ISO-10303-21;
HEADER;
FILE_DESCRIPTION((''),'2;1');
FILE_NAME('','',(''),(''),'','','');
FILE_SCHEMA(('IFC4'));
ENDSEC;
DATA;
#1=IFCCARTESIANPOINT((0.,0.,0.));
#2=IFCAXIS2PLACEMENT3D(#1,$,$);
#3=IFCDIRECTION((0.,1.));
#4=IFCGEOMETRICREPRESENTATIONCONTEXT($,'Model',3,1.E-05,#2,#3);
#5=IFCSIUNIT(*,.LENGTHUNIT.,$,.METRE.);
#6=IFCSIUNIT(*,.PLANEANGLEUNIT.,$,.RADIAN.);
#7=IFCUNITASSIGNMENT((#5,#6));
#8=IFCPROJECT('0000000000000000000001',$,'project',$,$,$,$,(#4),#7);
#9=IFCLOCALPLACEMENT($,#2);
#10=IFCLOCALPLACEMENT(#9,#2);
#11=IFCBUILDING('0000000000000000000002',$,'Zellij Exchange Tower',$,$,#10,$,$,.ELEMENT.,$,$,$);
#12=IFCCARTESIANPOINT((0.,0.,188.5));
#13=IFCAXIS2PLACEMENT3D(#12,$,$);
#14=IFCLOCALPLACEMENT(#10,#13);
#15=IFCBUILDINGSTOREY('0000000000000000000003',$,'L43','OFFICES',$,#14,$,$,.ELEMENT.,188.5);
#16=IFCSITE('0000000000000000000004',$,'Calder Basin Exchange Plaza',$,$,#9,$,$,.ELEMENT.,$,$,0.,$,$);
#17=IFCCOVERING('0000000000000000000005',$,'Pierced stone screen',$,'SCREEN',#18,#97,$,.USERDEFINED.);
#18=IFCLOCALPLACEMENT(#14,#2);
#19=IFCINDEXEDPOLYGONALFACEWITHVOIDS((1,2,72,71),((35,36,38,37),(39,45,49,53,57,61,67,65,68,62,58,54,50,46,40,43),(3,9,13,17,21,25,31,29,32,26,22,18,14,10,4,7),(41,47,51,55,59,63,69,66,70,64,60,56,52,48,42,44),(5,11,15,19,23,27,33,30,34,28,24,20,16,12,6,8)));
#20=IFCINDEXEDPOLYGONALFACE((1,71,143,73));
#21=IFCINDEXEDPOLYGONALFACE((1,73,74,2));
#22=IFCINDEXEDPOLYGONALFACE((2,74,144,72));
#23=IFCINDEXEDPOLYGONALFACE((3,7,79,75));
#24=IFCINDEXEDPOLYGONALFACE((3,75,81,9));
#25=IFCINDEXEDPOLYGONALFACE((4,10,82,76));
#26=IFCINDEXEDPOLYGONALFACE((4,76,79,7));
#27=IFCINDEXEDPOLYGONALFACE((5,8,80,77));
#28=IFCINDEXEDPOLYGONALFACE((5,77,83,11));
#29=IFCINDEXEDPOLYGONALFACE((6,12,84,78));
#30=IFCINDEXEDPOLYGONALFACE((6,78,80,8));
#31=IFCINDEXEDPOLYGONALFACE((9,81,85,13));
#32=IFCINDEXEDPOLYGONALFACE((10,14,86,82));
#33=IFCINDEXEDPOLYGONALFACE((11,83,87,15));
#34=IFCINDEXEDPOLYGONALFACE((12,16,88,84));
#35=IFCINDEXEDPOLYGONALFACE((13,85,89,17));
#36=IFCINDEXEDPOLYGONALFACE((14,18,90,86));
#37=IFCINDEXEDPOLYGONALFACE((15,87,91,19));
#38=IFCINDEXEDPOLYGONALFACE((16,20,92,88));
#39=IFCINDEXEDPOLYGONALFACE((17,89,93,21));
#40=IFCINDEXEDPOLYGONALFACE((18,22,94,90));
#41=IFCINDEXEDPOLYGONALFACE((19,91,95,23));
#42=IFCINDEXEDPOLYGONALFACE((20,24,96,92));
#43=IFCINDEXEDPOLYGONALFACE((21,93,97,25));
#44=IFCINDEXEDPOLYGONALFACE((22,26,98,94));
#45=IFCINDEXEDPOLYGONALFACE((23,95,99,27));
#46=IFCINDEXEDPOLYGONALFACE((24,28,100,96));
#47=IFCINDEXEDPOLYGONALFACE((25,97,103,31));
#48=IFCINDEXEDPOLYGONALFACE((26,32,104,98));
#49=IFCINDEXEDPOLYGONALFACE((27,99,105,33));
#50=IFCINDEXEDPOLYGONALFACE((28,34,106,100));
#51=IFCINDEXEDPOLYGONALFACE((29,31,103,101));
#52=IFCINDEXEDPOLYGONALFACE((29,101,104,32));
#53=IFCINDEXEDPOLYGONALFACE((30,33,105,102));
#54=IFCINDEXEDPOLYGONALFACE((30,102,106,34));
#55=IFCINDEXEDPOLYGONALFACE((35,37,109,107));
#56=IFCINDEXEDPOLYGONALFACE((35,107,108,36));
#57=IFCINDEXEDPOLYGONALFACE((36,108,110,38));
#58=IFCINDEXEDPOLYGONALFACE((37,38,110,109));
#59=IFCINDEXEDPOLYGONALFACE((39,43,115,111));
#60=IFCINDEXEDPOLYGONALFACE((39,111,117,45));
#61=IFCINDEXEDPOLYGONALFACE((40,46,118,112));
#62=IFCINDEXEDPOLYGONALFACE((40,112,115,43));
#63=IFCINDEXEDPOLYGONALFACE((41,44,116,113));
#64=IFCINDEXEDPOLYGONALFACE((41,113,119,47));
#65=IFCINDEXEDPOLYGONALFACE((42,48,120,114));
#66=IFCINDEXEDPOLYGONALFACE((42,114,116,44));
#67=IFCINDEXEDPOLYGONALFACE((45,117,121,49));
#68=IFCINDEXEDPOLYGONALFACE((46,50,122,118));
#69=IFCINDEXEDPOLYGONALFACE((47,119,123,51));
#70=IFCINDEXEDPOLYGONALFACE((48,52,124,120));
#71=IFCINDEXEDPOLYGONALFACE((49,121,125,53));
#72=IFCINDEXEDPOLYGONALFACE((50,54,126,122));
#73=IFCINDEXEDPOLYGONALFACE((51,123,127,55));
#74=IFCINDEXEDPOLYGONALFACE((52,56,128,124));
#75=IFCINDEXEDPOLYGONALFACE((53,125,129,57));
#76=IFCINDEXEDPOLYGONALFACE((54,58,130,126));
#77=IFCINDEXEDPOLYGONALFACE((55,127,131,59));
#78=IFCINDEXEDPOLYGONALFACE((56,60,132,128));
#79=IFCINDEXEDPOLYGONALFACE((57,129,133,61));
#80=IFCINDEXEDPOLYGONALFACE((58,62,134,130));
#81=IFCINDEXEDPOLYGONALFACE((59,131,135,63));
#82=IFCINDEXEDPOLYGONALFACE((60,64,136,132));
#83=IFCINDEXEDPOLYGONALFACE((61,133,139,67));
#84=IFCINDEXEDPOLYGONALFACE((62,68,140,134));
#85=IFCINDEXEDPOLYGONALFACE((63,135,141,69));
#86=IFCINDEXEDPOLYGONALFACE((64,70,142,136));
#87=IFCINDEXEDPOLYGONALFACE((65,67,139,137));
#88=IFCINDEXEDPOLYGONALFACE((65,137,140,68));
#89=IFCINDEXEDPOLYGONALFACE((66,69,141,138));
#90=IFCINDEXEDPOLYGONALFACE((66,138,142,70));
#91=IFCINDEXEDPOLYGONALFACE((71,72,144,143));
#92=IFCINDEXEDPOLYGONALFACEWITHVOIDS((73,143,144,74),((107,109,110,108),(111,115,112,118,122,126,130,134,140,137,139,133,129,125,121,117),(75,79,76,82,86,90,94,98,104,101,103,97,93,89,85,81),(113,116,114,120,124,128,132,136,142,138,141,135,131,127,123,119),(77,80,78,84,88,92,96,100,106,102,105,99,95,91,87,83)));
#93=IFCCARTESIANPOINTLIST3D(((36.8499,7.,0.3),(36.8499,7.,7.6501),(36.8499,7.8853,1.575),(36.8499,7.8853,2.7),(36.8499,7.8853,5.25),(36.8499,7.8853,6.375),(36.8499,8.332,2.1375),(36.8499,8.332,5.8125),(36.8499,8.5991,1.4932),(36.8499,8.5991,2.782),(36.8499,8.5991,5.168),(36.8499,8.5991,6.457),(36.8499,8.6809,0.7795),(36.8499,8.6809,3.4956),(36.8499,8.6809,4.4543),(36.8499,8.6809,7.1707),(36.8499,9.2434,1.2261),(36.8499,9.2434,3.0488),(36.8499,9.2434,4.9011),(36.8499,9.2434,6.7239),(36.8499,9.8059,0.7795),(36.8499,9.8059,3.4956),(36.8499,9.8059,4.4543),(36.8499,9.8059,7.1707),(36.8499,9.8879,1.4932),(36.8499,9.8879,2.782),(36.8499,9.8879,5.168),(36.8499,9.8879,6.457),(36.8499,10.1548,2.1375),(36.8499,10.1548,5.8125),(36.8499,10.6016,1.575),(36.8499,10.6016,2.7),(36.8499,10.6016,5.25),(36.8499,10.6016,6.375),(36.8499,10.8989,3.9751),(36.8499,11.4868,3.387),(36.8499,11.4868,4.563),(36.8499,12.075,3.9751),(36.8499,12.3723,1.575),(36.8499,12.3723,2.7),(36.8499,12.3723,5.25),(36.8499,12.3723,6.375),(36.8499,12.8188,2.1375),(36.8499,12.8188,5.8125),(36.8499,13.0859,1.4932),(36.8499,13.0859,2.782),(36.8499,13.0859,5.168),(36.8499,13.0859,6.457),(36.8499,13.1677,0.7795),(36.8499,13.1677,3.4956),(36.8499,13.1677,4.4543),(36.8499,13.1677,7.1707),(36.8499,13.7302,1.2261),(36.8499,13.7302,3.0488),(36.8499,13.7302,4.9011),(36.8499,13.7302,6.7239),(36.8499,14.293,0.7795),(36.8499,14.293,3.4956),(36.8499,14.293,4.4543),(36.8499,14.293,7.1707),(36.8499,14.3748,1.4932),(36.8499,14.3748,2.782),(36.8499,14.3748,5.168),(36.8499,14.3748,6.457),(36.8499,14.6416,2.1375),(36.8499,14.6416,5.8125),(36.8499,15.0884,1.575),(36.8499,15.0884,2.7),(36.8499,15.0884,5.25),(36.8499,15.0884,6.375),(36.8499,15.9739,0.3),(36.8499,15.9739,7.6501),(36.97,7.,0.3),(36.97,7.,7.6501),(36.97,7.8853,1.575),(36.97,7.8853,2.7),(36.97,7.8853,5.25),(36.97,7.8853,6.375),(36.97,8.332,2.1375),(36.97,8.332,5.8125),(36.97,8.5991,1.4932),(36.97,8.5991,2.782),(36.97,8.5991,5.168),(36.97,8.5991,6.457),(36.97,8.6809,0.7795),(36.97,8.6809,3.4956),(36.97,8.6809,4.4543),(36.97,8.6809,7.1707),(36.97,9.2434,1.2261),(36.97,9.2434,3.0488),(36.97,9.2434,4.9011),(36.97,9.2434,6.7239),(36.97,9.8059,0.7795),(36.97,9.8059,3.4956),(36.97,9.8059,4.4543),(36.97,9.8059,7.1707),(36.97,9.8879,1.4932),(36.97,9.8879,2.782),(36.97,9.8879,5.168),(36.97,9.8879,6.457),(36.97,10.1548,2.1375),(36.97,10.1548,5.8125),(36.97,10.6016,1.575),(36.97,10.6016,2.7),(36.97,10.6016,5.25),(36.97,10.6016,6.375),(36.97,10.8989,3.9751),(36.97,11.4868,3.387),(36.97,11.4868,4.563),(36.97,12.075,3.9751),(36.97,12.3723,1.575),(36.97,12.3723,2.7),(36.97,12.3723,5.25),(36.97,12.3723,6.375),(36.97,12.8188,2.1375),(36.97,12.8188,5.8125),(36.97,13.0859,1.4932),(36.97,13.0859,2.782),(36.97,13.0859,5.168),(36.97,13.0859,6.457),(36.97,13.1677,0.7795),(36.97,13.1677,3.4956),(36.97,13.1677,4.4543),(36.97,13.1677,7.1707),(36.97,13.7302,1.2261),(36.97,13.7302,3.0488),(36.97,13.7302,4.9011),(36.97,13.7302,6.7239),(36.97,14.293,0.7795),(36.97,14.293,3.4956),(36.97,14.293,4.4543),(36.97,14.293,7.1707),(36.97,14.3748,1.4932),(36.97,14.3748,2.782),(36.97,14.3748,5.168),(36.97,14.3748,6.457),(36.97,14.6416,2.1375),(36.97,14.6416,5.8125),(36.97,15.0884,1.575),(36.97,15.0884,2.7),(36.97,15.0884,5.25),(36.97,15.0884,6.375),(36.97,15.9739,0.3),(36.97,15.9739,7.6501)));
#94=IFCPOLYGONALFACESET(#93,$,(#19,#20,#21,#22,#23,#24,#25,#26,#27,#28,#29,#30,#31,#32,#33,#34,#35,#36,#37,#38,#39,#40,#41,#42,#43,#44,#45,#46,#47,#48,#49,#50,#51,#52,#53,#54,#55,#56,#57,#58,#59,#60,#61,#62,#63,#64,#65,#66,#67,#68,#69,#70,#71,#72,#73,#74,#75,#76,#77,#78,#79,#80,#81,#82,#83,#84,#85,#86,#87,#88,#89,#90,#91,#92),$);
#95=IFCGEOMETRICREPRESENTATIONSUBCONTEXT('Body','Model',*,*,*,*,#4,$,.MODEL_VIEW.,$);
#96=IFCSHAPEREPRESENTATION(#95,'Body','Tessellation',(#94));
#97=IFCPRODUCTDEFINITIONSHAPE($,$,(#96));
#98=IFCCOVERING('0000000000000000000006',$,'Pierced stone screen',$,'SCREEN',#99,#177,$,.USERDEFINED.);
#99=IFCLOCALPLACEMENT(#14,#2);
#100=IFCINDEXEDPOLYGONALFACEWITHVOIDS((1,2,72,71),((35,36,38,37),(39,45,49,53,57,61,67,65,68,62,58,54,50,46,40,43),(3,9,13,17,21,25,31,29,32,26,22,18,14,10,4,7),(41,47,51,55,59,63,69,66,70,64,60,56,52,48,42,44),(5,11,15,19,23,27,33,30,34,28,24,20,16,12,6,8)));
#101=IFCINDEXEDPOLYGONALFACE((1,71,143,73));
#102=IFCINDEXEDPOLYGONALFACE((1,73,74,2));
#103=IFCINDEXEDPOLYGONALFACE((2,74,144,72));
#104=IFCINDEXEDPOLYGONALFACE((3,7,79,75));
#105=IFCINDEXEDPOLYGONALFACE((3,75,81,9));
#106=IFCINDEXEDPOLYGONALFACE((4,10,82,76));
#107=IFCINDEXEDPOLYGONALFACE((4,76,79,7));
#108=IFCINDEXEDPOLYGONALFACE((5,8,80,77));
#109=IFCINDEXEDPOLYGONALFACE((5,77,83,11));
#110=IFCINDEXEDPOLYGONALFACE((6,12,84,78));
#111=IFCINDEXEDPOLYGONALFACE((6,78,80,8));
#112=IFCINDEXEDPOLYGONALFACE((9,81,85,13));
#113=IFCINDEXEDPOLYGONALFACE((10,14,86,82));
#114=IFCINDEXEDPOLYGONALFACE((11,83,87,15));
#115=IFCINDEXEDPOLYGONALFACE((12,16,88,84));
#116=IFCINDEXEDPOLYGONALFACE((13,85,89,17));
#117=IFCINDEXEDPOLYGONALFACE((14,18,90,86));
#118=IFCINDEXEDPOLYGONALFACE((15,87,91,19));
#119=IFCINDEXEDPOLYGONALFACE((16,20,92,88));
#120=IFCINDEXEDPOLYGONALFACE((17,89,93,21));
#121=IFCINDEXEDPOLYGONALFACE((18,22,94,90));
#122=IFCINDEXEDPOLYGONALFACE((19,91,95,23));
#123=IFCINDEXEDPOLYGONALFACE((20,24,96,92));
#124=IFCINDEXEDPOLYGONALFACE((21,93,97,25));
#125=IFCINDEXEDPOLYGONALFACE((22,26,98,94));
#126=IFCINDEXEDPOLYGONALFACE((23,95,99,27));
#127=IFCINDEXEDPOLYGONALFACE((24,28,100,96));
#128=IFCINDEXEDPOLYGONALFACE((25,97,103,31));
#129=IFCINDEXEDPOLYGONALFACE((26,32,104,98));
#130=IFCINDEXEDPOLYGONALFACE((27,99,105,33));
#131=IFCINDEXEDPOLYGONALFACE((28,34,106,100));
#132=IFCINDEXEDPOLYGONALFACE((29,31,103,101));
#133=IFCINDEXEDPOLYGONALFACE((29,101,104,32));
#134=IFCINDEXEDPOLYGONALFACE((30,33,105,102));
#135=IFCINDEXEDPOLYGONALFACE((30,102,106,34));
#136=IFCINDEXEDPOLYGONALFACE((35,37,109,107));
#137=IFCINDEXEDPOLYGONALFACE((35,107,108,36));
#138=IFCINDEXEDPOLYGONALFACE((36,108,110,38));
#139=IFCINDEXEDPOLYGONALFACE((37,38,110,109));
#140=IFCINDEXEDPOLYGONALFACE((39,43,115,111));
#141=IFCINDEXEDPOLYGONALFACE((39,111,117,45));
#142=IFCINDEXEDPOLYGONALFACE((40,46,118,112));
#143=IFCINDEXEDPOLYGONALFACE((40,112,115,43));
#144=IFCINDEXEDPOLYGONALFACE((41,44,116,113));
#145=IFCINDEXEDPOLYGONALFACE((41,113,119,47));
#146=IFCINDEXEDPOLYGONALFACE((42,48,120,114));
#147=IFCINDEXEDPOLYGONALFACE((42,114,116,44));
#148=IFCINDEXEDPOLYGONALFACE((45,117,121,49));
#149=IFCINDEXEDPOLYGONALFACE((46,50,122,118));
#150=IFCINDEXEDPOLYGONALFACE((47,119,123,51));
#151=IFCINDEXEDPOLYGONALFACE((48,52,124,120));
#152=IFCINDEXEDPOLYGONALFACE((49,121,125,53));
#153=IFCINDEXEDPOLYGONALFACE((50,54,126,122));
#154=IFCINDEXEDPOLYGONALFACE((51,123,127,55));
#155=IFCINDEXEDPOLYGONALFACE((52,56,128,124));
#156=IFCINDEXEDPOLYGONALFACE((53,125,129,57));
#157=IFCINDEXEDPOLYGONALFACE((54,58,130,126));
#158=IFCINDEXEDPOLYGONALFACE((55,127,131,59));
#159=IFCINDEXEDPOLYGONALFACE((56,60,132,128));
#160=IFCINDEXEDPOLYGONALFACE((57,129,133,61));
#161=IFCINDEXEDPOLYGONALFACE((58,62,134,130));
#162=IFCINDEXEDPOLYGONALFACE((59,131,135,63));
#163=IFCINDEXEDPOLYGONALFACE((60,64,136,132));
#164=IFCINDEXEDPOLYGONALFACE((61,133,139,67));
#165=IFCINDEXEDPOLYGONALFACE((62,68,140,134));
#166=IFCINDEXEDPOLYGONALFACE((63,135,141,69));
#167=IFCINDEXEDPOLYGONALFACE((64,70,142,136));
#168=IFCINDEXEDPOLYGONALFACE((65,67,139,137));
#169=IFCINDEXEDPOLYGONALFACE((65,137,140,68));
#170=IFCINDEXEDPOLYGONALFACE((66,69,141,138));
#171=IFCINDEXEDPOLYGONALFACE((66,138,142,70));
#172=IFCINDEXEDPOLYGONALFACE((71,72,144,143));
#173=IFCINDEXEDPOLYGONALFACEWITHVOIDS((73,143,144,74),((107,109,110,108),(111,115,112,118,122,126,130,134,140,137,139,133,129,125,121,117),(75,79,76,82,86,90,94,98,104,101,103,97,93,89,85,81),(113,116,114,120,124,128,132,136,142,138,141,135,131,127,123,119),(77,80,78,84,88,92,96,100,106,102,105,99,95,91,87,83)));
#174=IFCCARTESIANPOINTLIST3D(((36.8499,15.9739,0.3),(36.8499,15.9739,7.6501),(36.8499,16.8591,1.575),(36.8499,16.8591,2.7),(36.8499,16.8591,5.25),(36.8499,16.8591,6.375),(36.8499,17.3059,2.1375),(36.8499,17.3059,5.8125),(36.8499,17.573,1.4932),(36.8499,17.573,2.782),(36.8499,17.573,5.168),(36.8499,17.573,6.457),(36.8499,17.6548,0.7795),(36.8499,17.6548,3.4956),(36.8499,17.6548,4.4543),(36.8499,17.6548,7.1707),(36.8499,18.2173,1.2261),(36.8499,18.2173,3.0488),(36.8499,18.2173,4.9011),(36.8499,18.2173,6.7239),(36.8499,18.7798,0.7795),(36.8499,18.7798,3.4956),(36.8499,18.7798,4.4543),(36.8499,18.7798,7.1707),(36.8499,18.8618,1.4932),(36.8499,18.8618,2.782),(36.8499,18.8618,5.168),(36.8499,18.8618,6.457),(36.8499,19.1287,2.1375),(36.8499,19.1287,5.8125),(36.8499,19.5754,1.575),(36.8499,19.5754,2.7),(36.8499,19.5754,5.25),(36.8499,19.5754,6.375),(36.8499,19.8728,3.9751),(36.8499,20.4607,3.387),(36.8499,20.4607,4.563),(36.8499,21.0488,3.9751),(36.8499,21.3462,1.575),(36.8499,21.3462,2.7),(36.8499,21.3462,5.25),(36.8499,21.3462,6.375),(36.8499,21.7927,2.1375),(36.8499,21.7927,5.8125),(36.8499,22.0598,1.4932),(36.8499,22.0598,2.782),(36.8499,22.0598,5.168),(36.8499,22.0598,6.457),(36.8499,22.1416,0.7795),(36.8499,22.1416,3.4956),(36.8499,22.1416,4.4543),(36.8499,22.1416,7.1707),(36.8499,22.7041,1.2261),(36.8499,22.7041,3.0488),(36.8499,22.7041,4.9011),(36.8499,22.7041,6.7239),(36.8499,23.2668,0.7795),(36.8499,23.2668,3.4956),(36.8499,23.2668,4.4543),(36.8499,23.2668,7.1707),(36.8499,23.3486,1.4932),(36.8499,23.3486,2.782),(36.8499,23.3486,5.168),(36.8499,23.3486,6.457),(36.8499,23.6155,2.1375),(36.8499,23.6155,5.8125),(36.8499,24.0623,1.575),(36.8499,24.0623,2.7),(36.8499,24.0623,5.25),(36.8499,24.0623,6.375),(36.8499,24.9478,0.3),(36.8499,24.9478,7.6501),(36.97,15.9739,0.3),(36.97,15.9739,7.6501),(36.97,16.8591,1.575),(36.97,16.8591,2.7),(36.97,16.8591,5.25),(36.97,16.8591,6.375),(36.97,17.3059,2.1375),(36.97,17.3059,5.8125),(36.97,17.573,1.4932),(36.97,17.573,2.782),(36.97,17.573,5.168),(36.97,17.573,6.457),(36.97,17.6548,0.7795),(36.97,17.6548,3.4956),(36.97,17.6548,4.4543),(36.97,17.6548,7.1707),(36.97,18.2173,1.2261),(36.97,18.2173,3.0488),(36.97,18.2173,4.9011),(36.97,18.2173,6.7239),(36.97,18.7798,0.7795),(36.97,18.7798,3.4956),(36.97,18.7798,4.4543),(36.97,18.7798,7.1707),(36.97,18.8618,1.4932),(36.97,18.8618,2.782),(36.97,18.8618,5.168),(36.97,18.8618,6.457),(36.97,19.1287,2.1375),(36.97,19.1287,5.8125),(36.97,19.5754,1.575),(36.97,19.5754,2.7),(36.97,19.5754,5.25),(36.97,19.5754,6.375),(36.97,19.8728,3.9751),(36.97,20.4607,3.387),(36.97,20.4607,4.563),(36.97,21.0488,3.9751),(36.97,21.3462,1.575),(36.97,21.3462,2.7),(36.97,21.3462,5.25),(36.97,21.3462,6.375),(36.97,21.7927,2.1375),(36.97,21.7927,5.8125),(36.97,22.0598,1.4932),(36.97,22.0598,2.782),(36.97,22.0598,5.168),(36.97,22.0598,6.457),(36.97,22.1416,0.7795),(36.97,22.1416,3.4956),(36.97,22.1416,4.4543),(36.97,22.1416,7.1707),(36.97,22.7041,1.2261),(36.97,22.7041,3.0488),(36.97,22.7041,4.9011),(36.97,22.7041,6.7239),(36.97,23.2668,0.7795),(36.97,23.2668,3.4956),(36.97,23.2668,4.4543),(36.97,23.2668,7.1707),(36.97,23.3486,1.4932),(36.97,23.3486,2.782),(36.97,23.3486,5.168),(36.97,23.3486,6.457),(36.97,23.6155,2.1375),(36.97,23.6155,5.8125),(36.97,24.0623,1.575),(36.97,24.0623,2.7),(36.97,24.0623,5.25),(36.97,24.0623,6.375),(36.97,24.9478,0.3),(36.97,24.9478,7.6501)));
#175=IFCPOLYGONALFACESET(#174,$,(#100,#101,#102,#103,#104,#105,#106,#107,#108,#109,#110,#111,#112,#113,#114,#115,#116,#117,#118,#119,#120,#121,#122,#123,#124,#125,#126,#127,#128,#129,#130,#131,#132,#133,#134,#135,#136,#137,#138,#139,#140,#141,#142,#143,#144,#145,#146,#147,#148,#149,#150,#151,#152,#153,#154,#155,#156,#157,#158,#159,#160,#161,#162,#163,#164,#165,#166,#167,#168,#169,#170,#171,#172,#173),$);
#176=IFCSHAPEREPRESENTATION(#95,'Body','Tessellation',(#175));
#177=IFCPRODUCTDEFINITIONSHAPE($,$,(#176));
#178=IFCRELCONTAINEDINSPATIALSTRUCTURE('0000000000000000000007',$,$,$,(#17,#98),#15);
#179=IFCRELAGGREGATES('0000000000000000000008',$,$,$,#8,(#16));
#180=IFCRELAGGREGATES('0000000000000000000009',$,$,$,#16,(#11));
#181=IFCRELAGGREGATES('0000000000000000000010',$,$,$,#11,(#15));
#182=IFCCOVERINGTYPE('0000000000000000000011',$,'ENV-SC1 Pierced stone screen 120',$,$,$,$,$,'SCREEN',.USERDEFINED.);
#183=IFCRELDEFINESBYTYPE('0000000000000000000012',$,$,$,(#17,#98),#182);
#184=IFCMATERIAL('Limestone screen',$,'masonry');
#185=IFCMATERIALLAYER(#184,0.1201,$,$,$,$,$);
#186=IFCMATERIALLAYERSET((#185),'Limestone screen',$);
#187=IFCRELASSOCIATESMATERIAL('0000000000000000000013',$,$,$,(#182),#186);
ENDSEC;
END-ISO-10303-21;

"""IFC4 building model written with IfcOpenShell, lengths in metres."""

from ifc_helpers import new_model, si_unit, direction, frame, origin, place, context, subcontext, project, spatial, polyline, outline, extrude, material, layer, layer_set, type_object, element, save


model = new_model("IFC4")

# Units and contexts
model_context = context("Model", 3, precision=1e-05, world=origin(), true_north=direction((0.0, 1.0)))
body_context = subcontext(model_context, "Body", "Model", "MODEL_VIEW")
ifc_project = project(units=[si_unit("LENGTHUNIT", "METRE"), si_unit("PLANEANGLEUNIT", "RADIAN")], contexts=[model_context])

# Site, building, storey
site_placement = place(None, origin())
site = spatial("IfcSite", under=ifc_project, at=site_placement, Name="Calder Basin Exchange Plaza", CompositionType="ELEMENT", RefElevation=0.0)
building_placement = place(site_placement, origin())
building = spatial("IfcBuilding", under=site, at=building_placement, Name="Zellij Exchange Tower", CompositionType="ELEMENT")
storey_placement = place(building_placement, frame((0.0, 0.0, 188.5)))
storey = spatial("IfcBuildingStorey", under=building, at=storey_placement, Name="L43", Description="OFFICES", CompositionType="ELEMENT", Elevation=188.5)

# Coverings
ifc_material_1 = material(Name="Limestone screen", Category="masonry")
ifc_layer_1 = layer(ifc_material_1, 0.1201)
ifc_layer_set_1 = layer_set([ifc_layer_1], Name="Limestone screen")
covering_type = type_object("IfcCoveringType", Name="ENV-SC1 Pierced stone screen 120", ElementType="SCREEN", PredefinedType="USERDEFINED", material=ifc_layer_set_1)
covering_1_placement = place(storey_placement, frame((36.9099, 7.0, 0.3), z_axis=(0.0, 0.0, 1.0), x_axis=(0.0, 1.0, 0.0)))
element("IfcCovering", 1, at=covering_1_placement, inside=storey, type_object=covering_type, Name="Pierced stone screen", ObjectType="SCREEN", PredefinedType="USERDEFINED", context=body_context, shape_type="SweptSolid", body=[
    extrude(outline(polyline([(0.0, 0.0), (8.9739, 0.0), (8.9739, 7.3501), (0.0, 7.3501), (0.0, 0.0)]), holes=[polyline([(3.6016, 2.3999), (2.8879, 2.4819), (2.8059, 3.1956), (2.2434, 2.7488), (1.6809, 3.1956), (1.5991, 2.4819), (0.8853, 2.3999), (1.332, 1.8374), (0.8853, 1.2749), (1.5991, 1.1931), (1.6809, 0.4795), (2.2434, 0.926), (2.8059, 0.4795), (2.8879, 1.1931), (3.6016, 1.2749), (3.1548, 1.8374), (3.6016, 2.3999)]), polyline([(3.6016, 6.075), (2.8879, 6.157), (2.8059, 6.8706), (2.2434, 6.4238), (1.6809, 6.8706), (1.5991, 6.157), (0.8853, 6.075), (1.332, 5.5125), (0.8853, 4.95), (1.5991, 4.8679), (1.6809, 4.1543), (2.2434, 4.6011), (2.8059, 4.1543), (2.8879, 4.8679), (3.6016, 4.95), (3.1548, 5.5125), (3.6016, 6.075)]), polyline([(8.0884, 2.3999), (7.3748, 2.4819), (7.293, 3.1956), (6.7302, 2.7488), (6.1677, 3.1956), (6.0859, 2.4819), (5.3723, 2.3999), (5.8188, 1.8374), (5.3723, 1.2749), (6.0859, 1.1931), (6.1677, 0.4795), (6.7302, 0.926), (7.293, 0.4795), (7.3748, 1.1931), (8.0884, 1.2749), (7.6416, 1.8374), (8.0884, 2.3999)]), polyline([(8.0884, 6.075), (7.3748, 6.157), (7.293, 6.8706), (6.7302, 6.4238), (6.1677, 6.8706), (6.0859, 6.157), (5.3723, 6.075), (5.8188, 5.5125), (5.3723, 4.95), (6.0859, 4.8679), (6.1677, 4.1543), (6.7302, 4.6011), (7.293, 4.1543), (7.3748, 4.8679), (8.0884, 4.95), (7.6416, 5.5125), (8.0884, 6.075)]), polyline([(5.075, 3.675), (4.4868, 4.2629), (3.8989, 3.675), (4.4868, 3.0869), (5.075, 3.675)])]), frame((0.0, 0.0601, 0.0), z_axis=(0.0, -1.0, 0.0), x_axis=(1.0, 0.0, 0.0)), (0.0, 0.0, 1.0), 0.1201),
])
covering_2_placement = place(storey_placement, frame((36.9099, 15.9739, 0.3), z_axis=(0.0, 0.0, 1.0), x_axis=(0.0, 1.0, 0.0)))
element("IfcCovering", 2, at=covering_2_placement, inside=storey, type_object=covering_type, Name="Pierced stone screen", ObjectType="SCREEN", PredefinedType="USERDEFINED", context=body_context, shape_type="SweptSolid", body=[
    extrude(outline(polyline([(0.0, 0.0), (8.9739, 0.0), (8.9739, 7.3501), (0.0, 7.3501), (0.0, 0.0)]), holes=[polyline([(3.6016, 2.3999), (2.8879, 2.4819), (2.8059, 3.1956), (2.2434, 2.7488), (1.6809, 3.1956), (1.5991, 2.4819), (0.8853, 2.3999), (1.332, 1.8374), (0.8853, 1.2749), (1.5991, 1.1931), (1.6809, 0.4795), (2.2434, 0.926), (2.8059, 0.4795), (2.8879, 1.1931), (3.6016, 1.2749), (3.1548, 1.8374), (3.6016, 2.3999)]), polyline([(3.6016, 6.075), (2.8879, 6.157), (2.8059, 6.8706), (2.2434, 6.4238), (1.6809, 6.8706), (1.5991, 6.157), (0.8853, 6.075), (1.332, 5.5125), (0.8853, 4.95), (1.5991, 4.8679), (1.6809, 4.1543), (2.2434, 4.6011), (2.8059, 4.1543), (2.8879, 4.8679), (3.6016, 4.95), (3.1548, 5.5125), (3.6016, 6.075)]), polyline([(8.0884, 2.3999), (7.3748, 2.4819), (7.293, 3.1956), (6.7302, 2.7488), (6.1677, 3.1956), (6.0859, 2.4819), (5.3723, 2.3999), (5.8188, 1.8374), (5.3723, 1.2749), (6.0859, 1.1931), (6.1677, 0.4795), (6.7302, 0.926), (7.293, 0.4795), (7.3748, 1.1931), (8.0884, 1.2749), (7.6416, 1.8374), (8.0884, 2.3999)]), polyline([(8.0884, 6.075), (7.3748, 6.157), (7.293, 6.8706), (6.7302, 6.4238), (6.1677, 6.8706), (6.0859, 6.157), (5.3723, 6.075), (5.8188, 5.5125), (5.3723, 4.95), (6.0859, 4.8679), (6.1677, 4.1543), (6.7302, 4.6011), (7.293, 4.1543), (7.3748, 4.8679), (8.0884, 4.95), (7.6416, 5.5125), (8.0884, 6.075)]), polyline([(5.075, 3.675), (4.4868, 4.2629), (3.8989, 3.675), (4.4868, 3.0869), (5.075, 3.675)])]), frame((0.0, 0.0601, 0.0), z_axis=(0.0, -1.0, 0.0), x_axis=(1.0, 0.0, 0.0)), (0.0, 0.0, 1.0), 0.1201),
])

save(model, "model.ifc")
